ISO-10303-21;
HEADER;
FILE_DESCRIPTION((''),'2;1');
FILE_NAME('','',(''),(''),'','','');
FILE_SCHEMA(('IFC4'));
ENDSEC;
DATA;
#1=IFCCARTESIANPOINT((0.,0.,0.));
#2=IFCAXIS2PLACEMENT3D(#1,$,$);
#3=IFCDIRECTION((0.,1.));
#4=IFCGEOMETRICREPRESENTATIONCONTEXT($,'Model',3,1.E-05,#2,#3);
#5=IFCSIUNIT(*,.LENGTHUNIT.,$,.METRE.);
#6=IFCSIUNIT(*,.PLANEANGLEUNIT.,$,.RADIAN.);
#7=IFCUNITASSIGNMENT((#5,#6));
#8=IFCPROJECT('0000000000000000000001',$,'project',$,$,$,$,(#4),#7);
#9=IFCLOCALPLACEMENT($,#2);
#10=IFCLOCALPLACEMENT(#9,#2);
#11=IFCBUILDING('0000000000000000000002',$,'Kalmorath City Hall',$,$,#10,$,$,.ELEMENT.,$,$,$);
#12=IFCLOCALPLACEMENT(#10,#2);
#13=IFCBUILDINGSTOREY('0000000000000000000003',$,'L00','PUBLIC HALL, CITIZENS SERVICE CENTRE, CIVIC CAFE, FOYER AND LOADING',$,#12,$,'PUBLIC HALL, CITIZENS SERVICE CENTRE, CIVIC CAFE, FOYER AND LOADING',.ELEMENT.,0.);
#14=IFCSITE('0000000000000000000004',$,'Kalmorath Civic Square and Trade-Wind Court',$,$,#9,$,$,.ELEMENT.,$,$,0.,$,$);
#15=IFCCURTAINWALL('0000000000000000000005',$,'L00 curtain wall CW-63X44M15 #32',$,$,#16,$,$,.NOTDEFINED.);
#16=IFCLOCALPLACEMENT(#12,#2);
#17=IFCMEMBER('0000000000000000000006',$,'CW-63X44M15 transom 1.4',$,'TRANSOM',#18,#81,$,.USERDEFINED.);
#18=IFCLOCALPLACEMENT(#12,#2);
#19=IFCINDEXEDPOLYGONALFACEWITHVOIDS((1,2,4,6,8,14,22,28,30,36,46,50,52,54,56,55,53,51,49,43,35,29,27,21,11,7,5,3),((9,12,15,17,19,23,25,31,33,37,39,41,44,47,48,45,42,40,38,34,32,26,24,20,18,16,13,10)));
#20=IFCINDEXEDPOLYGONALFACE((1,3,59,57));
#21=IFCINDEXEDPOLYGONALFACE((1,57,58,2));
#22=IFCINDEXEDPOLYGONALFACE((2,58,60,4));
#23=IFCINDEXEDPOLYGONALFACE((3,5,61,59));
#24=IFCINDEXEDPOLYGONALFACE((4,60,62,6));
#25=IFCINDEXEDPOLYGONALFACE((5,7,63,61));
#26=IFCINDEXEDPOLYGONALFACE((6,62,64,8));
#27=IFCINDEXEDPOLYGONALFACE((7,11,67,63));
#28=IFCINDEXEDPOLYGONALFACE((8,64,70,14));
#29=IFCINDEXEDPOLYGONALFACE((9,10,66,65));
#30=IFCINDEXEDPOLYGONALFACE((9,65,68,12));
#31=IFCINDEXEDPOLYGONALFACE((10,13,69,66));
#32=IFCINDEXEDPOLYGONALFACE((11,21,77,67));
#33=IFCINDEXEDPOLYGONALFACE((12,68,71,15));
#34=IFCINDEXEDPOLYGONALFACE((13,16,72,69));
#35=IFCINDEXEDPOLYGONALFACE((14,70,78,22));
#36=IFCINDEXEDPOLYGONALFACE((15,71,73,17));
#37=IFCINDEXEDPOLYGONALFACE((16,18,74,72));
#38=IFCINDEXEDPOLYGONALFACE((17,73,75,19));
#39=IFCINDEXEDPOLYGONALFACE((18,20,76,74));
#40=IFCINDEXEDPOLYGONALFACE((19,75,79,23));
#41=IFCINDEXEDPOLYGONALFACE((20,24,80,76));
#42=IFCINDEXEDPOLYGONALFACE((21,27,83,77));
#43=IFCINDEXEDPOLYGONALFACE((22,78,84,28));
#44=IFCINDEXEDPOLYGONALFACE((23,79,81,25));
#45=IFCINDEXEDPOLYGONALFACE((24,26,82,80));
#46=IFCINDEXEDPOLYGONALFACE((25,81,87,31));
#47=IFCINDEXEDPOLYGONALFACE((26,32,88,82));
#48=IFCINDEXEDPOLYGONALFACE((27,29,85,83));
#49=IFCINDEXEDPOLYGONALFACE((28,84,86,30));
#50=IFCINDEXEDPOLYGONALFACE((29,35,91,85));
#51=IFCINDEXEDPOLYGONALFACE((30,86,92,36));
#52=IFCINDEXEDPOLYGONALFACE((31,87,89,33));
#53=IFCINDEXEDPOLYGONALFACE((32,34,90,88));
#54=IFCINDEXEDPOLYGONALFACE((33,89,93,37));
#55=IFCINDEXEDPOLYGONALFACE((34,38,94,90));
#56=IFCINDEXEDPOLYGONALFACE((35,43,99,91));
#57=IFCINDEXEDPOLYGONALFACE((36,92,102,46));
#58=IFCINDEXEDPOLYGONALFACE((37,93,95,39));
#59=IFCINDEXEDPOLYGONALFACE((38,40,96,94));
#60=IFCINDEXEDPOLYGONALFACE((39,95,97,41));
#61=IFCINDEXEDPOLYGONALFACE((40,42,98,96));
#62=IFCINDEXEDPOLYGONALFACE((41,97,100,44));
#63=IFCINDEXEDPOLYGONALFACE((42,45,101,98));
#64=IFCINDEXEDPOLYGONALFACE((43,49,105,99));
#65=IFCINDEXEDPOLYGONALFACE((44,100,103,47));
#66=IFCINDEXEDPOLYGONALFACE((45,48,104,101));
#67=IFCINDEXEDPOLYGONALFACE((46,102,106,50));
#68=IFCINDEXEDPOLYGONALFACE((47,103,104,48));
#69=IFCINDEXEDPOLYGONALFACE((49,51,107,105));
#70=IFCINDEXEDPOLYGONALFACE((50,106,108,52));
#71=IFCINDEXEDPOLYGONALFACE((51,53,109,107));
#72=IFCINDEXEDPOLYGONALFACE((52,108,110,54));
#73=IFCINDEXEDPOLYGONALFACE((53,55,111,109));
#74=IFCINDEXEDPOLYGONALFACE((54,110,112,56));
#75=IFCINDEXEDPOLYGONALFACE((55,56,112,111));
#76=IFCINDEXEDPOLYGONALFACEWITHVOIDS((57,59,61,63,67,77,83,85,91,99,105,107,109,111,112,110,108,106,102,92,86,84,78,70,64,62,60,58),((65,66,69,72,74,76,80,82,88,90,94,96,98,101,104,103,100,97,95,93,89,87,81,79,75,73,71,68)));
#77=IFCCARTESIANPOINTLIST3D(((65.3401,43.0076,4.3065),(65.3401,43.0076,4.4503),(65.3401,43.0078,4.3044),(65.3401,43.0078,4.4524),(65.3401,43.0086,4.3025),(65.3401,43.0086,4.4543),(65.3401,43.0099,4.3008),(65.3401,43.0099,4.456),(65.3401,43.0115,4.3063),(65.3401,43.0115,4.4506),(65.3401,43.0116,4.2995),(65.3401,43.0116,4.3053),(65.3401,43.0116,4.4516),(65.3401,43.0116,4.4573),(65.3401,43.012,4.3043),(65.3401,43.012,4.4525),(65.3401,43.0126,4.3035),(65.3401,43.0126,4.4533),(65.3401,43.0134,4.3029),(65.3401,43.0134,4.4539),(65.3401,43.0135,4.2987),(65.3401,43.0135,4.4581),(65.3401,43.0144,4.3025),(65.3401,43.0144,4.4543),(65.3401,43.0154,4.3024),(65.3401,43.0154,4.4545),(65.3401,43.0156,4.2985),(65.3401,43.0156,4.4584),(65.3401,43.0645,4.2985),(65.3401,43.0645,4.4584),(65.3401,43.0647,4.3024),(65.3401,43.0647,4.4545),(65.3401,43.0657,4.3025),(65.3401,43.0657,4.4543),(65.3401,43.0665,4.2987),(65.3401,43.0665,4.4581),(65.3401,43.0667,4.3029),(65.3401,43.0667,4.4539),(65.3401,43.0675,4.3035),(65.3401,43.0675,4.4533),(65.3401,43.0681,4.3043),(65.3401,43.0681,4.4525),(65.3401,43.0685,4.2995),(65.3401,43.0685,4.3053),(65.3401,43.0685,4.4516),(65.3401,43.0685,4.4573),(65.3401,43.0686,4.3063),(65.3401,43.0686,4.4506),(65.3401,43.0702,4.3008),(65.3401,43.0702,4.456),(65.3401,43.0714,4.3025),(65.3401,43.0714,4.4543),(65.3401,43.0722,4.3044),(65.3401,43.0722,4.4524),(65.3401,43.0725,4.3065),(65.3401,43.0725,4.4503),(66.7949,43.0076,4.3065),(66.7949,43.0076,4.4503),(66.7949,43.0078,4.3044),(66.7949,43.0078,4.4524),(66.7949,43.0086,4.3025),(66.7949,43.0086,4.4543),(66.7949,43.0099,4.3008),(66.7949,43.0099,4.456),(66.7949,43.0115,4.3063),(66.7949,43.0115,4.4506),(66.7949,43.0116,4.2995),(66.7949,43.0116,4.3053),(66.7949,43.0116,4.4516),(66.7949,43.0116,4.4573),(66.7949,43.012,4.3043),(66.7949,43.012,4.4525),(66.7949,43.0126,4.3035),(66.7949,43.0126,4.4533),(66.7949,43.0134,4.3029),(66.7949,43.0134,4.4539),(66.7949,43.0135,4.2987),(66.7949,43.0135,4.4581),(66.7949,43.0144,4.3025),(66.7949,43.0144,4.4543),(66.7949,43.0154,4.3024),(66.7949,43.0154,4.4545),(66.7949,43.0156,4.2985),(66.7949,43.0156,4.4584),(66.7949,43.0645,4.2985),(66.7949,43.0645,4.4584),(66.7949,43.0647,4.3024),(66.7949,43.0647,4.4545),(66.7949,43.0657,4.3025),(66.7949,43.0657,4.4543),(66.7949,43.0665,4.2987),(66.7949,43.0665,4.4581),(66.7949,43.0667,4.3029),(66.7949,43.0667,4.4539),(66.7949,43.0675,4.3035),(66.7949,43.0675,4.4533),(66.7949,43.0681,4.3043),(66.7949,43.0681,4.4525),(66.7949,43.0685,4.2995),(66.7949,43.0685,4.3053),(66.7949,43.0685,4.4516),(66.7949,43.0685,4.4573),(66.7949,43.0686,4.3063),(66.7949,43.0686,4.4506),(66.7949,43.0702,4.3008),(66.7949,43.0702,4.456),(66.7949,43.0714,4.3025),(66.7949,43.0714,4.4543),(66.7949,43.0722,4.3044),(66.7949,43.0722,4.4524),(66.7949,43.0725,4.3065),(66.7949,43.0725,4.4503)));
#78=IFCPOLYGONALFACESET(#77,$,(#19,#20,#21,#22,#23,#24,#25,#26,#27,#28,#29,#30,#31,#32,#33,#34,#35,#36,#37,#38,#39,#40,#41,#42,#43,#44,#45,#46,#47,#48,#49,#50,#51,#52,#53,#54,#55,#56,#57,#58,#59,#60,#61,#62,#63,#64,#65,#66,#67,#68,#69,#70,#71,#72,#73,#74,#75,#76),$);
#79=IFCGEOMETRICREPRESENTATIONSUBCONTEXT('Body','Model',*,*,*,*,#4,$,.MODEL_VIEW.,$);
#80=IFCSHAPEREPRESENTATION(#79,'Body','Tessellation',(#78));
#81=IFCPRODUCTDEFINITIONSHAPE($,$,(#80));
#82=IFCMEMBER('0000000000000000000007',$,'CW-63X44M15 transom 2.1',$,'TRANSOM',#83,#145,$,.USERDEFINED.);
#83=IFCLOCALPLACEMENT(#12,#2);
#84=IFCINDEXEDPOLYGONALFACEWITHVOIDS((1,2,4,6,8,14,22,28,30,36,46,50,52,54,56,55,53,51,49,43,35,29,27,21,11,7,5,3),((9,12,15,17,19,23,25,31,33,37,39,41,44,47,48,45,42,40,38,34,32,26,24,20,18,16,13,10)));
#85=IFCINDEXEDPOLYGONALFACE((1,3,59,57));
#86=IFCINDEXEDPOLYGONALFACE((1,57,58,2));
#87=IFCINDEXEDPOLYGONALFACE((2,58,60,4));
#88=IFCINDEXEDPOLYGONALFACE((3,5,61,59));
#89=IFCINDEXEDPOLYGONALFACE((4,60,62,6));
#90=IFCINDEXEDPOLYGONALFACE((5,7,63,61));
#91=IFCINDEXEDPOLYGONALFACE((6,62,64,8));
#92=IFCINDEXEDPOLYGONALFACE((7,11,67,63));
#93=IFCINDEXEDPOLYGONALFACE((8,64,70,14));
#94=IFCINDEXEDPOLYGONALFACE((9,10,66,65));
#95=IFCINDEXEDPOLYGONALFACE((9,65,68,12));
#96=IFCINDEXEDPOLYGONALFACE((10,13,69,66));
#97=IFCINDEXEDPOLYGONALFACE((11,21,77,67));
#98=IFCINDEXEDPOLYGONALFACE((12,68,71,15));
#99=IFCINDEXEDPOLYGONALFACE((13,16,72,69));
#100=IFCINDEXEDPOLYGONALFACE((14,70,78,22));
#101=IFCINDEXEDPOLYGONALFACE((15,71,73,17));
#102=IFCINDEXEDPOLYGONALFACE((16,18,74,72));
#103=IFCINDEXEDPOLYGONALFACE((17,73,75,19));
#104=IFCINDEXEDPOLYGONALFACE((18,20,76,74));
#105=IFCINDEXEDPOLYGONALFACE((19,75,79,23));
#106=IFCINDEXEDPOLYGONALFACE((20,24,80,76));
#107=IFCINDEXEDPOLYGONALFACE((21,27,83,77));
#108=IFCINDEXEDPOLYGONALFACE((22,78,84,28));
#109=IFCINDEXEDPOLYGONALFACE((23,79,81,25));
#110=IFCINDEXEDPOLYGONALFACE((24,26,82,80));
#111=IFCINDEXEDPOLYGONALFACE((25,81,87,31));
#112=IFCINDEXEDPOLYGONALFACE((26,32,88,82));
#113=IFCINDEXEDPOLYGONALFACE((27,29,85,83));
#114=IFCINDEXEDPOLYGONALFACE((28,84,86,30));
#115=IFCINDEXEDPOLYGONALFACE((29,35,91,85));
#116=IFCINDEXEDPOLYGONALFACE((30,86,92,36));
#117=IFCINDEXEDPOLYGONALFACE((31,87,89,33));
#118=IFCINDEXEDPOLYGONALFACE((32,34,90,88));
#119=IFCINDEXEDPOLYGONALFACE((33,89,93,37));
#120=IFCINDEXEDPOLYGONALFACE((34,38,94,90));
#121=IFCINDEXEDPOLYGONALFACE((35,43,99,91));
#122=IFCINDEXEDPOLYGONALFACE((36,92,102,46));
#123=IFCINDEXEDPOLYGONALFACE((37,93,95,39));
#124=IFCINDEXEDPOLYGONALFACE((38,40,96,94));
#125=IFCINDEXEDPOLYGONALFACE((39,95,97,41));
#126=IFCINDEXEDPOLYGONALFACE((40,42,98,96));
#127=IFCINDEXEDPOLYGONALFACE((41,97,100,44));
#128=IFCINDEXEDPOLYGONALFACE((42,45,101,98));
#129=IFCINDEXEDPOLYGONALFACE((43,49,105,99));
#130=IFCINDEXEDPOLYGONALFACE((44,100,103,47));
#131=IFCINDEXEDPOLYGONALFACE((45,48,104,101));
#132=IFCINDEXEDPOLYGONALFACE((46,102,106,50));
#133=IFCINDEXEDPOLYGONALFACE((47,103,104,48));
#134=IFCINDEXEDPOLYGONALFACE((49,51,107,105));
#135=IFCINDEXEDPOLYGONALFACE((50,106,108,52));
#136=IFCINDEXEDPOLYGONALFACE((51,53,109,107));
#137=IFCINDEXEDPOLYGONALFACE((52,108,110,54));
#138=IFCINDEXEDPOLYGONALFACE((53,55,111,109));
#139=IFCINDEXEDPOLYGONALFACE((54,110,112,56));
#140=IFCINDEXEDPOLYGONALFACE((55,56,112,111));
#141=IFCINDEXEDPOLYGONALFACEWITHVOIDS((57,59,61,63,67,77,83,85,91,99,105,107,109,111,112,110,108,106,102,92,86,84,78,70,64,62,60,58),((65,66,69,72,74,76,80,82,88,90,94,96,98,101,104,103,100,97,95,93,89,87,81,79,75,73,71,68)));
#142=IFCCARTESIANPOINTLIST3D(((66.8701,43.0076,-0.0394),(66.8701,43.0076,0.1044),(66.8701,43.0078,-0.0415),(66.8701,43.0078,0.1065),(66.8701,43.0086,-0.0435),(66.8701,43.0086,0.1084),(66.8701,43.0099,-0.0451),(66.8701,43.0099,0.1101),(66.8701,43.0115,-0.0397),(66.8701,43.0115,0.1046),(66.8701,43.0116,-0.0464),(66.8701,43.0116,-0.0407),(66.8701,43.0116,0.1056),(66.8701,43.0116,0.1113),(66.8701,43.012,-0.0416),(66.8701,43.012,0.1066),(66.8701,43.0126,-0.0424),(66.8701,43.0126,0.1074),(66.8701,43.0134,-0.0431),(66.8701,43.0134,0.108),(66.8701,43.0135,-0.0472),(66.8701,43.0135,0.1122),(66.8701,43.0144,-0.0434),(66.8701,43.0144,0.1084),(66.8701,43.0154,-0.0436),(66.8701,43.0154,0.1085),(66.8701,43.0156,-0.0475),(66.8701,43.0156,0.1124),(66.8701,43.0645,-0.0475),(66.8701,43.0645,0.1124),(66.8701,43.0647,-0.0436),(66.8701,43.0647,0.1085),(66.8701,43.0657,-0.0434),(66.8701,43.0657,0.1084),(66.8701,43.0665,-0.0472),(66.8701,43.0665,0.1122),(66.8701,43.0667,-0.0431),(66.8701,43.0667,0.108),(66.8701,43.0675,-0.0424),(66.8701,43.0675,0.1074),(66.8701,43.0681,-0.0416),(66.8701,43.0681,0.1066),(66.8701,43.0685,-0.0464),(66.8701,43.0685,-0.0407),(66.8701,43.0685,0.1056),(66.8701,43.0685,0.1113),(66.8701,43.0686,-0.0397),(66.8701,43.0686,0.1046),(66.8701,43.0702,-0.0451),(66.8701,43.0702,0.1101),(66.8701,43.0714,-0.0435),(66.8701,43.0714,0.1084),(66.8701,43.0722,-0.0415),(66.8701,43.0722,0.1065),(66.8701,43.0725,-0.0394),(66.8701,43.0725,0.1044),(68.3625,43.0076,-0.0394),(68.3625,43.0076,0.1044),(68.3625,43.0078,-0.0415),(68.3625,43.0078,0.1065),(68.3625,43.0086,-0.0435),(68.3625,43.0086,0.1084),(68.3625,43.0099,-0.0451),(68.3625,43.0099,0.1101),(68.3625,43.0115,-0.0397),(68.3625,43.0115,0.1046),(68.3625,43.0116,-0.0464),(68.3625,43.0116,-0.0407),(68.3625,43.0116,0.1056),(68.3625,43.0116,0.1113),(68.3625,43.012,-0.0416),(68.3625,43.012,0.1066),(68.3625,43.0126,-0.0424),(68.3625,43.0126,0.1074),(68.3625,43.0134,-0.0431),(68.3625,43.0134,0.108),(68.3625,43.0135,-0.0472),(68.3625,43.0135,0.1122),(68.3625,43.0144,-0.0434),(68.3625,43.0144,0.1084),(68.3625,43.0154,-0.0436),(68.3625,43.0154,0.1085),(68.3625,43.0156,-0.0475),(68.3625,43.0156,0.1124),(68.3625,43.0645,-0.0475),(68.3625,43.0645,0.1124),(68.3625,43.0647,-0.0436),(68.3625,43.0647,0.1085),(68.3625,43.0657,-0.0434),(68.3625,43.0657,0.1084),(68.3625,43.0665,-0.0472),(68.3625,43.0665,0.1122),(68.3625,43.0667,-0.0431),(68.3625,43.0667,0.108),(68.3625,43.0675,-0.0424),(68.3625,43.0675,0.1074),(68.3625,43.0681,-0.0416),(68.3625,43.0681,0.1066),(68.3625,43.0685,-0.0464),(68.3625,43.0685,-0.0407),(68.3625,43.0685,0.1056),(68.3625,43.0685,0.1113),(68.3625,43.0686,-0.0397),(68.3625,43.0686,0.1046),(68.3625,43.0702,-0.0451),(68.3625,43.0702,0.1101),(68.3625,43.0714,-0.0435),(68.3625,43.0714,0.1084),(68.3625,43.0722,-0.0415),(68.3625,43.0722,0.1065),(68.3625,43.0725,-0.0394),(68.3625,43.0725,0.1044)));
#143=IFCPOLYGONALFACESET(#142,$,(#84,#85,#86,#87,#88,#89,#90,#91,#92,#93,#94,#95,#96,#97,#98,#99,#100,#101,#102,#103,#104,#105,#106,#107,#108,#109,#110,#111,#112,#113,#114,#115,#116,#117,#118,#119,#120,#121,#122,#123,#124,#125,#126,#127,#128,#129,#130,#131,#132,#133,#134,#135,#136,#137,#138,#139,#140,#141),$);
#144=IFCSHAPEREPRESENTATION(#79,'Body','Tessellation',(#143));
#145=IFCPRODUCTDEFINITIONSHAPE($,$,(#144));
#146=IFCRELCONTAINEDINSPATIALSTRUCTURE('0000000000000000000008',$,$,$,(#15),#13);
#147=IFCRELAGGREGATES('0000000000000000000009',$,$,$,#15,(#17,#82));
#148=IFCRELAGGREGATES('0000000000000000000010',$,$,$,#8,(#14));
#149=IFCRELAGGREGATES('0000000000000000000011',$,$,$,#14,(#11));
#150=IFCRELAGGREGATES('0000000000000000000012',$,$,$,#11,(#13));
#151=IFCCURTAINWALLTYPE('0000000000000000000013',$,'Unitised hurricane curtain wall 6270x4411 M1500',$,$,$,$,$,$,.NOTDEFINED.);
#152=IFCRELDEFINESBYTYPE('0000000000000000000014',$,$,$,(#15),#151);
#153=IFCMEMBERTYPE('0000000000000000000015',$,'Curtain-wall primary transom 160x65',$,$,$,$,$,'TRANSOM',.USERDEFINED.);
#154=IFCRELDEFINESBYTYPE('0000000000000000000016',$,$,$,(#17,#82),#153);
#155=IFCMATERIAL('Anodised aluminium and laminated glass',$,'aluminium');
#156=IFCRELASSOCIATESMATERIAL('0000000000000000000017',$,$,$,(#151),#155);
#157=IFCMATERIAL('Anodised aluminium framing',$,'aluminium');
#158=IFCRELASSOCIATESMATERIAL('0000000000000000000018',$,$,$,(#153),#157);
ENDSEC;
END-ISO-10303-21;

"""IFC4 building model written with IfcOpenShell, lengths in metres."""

from ifc_helpers import new_model, si_unit, direction, frame, origin, origin_2d, place, context, subcontext, project, spatial, hollow_rectangle, extrude, material, material_profile, profile_set, type_object, element, aggregate, save


model = new_model("IFC4")

# Units and contexts
model_context = context("Model", 3, precision=1e-05, world=origin(), true_north=direction((0.0, 1.0)))
body_context = subcontext(model_context, "Body", "Model", "MODEL_VIEW")
ifc_project = project(units=[si_unit("LENGTHUNIT", "METRE"), si_unit("PLANEANGLEUNIT", "RADIAN")], contexts=[model_context])

# Site, building, storey
site_placement = place(None, origin())
site = spatial("IfcSite", under=ifc_project, at=site_placement, Name="Kalmorath Civic Square and Trade-Wind Court", CompositionType="ELEMENT", RefElevation=0.0)
building_placement = place(site_placement, origin())
building = spatial("IfcBuilding", under=site, at=building_placement, Name="Kalmorath City Hall", CompositionType="ELEMENT")
storey_placement = place(building_placement, origin())
storey = spatial("IfcBuildingStorey", under=building, at=storey_placement, Name="L00", Description="PUBLIC HALL, CITIZENS SERVICE CENTRE, CIVIC CAFE, FOYER AND LOADING", LongName="PUBLIC HALL, CITIZENS SERVICE CENTRE, CIVIC CAFE, FOYER AND LOADING", CompositionType="ELEMENT", Elevation=0.0)

# Curtain wall, members
ifc_material_1 = material(Name="Anodised aluminium and laminated glass", Category="aluminium")
curtain_wall_type = type_object("IfcCurtainWallType", Name="Unitised hurricane curtain wall 6270x4411 M1500", PredefinedType="NOTDEFINED", material=ifc_material_1)
curtain_wall_placement = place(storey_placement, origin())
curtain_wall = element("IfcCurtainWall", 1, at=curtain_wall_placement, inside=storey, type_object=curtain_wall_type, Name="L00 curtain wall CW-63X44M15 #32", PredefinedType="NOTDEFINED")
ifc_material_2 = material(Name="Anodised aluminium framing", Category="aluminium")
ifc_material_profile_1 = material_profile(ifc_material_2, hollow_rectangle(XDim=0.0649, YDim=0.1599, WallThickness=0.0039, InnerFilletRadius=0.0039, OuterFilletRadius=0.0081, at=origin_2d()), Name="ALU-TRN-160X65X4")
ifc_profile_set_1 = profile_set([ifc_material_profile_1], Name="Anodised aluminium framing")
member_type_1 = type_object("IfcMemberType", Name="Curtain-wall primary transom 160x65", ElementType="TRANSOM", PredefinedType="USERDEFINED", material=ifc_profile_set_1)
member_1_placement = place(storey_placement, frame((65.3401, 43.04, 4.3784), z_axis=(1.0, 0.0, 0.0), x_axis=(0.0, 1.0, 0.0)))
member_1 = element("IfcMember", 2, at=member_1_placement, type_object=member_type_1, Name="CW-63X44M15 transom 1.4", ObjectType="TRANSOM", PredefinedType="USERDEFINED", context=body_context, shape_type="SweptSolid", body=[
    extrude(hollow_rectangle(XDim=0.0649, YDim=0.1599, WallThickness=0.0039, InnerFilletRadius=0.0039, OuterFilletRadius=0.0081, at=origin_2d()), origin(), (0.0, 0.0, 1.0), 1.4548),
])
member_2_placement = place(storey_placement, frame((66.8701, 43.04, 0.0325), z_axis=(1.0, 0.0, 0.0), x_axis=(0.0, 1.0, 0.0)))
member_2 = element("IfcMember", 3, at=member_2_placement, type_object=member_type_1, Name="CW-63X44M15 transom 2.1", ObjectType="TRANSOM", PredefinedType="USERDEFINED", context=body_context, shape_type="SweptSolid", body=[
    extrude(hollow_rectangle(XDim=0.0649, YDim=0.1599, WallThickness=0.0039, InnerFilletRadius=0.0039, OuterFilletRadius=0.0081, at=origin_2d()), origin(), (0.0, 0.0, 1.0), 1.4924),
])

aggregate(curtain_wall, [member_1, member_2])

save(model, "model.ifc")
